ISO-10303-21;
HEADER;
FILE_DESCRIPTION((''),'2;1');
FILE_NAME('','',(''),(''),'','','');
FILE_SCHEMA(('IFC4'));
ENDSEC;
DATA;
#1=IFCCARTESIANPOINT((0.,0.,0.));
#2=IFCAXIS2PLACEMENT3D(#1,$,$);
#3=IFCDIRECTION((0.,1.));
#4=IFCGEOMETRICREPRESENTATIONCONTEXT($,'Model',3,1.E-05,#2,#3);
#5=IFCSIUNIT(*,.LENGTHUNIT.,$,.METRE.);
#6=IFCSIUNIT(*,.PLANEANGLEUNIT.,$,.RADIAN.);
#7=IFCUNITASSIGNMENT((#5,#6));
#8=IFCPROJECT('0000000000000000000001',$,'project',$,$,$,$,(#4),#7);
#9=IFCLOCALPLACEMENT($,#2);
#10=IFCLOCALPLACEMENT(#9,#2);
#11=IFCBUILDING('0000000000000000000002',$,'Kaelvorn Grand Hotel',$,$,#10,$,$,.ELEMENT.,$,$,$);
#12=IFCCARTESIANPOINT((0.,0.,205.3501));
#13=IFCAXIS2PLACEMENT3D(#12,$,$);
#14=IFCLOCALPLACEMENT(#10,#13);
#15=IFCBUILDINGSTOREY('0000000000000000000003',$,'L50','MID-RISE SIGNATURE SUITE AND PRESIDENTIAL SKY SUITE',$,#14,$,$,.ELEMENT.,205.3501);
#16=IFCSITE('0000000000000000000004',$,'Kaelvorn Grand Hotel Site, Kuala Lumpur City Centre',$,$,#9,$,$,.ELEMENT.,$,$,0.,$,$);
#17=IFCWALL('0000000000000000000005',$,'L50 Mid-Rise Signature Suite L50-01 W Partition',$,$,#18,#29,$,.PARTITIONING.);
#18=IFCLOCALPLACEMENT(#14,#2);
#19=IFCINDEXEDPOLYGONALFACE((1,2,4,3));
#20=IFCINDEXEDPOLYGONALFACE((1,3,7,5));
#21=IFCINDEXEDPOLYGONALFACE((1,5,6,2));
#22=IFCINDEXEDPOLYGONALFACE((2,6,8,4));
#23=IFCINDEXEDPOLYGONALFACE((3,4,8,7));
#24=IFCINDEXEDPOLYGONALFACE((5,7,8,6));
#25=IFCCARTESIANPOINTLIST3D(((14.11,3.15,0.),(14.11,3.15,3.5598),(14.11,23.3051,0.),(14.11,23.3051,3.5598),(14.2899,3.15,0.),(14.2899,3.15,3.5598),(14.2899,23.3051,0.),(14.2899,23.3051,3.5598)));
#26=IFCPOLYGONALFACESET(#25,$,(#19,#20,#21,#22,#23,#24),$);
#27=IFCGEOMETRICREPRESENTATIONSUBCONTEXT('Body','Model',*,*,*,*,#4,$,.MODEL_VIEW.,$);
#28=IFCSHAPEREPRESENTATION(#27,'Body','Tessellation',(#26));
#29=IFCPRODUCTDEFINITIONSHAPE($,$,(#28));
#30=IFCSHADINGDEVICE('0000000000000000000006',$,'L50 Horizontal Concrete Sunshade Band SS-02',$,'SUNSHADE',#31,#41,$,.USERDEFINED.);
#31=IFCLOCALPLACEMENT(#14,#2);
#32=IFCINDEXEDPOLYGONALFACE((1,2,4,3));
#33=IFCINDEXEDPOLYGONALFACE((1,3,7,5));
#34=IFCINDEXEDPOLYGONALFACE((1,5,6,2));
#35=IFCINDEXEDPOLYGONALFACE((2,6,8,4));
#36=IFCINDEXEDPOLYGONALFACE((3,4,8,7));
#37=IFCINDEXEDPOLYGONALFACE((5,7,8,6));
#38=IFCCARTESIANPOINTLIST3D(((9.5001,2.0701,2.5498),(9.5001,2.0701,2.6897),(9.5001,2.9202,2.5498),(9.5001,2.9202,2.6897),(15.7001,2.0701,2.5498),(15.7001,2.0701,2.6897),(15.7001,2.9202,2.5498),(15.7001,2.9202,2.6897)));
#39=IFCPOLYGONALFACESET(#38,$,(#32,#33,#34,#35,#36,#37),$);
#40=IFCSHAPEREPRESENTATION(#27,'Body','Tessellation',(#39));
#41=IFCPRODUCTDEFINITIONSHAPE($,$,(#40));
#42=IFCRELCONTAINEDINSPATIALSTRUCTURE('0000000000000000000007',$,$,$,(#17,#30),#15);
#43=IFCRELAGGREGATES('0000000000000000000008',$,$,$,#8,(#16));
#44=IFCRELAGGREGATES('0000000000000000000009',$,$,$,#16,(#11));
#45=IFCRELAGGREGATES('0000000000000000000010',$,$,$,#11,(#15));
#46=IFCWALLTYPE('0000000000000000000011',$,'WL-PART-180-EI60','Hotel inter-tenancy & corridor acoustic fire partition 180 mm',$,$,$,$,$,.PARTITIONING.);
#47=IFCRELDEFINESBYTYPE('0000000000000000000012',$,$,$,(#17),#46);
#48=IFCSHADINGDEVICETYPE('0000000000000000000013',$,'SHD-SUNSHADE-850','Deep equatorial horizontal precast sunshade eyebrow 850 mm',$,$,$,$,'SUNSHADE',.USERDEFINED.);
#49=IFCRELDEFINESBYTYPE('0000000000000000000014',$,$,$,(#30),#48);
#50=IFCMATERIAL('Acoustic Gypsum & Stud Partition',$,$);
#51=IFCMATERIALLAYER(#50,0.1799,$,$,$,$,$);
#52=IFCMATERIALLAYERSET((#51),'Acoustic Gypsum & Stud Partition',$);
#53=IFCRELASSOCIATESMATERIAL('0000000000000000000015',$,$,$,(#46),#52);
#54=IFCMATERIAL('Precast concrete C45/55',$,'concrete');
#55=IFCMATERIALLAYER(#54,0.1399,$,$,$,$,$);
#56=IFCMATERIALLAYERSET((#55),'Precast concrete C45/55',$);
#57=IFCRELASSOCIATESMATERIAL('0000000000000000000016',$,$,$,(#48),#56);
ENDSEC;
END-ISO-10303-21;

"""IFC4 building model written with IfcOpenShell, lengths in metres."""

from ifc_helpers import new_model, si_unit, direction, frame, frame_2d, origin, origin_2d, place, context, subcontext, project, spatial, rectangle, extrude, material, layer, layer_set, type_object, element, save


model = new_model("IFC4")

# Units and contexts
model_context = context("Model", 3, precision=1e-05, world=origin(), true_north=direction((0.0, 1.0)))
body_context = subcontext(model_context, "Body", "Model", "MODEL_VIEW")
ifc_project = project(units=[si_unit("LENGTHUNIT", "METRE"), si_unit("PLANEANGLEUNIT", "RADIAN")], contexts=[model_context])

# Site, building, storey
site_placement = place(None, origin())
site = spatial("IfcSite", under=ifc_project, at=site_placement, Name="Kaelvorn Grand Hotel Site, Kuala Lumpur City Centre", CompositionType="ELEMENT", RefElevation=0.0)
building_placement = place(site_placement, origin())
building = spatial("IfcBuilding", under=site, at=building_placement, Name="Kaelvorn Grand Hotel", CompositionType="ELEMENT")
storey_placement = place(building_placement, frame((0.0, 0.0, 205.3501)))
storey = spatial("IfcBuildingStorey", under=building, at=storey_placement, Name="L50", Description="MID-RISE SIGNATURE SUITE AND PRESIDENTIAL SKY SUITE", CompositionType="ELEMENT", Elevation=205.3501)

# Wall
ifc_material_1 = material(Name="Acoustic Gypsum & Stud Partition")
ifc_layer_1 = layer(ifc_material_1, 0.1799)
ifc_layer_set_1 = layer_set([ifc_layer_1], Name="Acoustic Gypsum & Stud Partition")
wall_type_1 = type_object("IfcWallType", Name="WL-PART-180-EI60", Description="Hotel inter-tenancy & corridor acoustic fire partition 180 mm", PredefinedType="PARTITIONING", material=ifc_layer_set_1)
wall_1_placement = place(storey_placement, frame((14.2, 3.1499, 0.0), z_axis=(0.0, 0.0, 1.0), x_axis=(0.0, 1.0, 0.0)))
element("IfcWall", 1, at=wall_1_placement, inside=storey, type_object=wall_type_1, Name="L50 Mid-Rise Signature Suite L50-01 W Partition", PredefinedType="PARTITIONING", context=body_context, shape_type="SweptSolid", body=[
    extrude(rectangle(XDim=20.155, YDim=0.1799, at=frame_2d((10.0776, 0.0))), origin(), (0.0, 0.0, 1.0), 3.5598),
])

# Shading device
ifc_material_2 = material(Name="Precast concrete C45/55", Category="concrete")
ifc_layer_2 = layer(ifc_material_2, 0.1399)
ifc_layer_set_2 = layer_set([ifc_layer_2], Name="Precast concrete C45/55")
shading_device_type = type_object("IfcShadingDeviceType", Name="SHD-SUNSHADE-850", Description="Deep equatorial horizontal precast sunshade eyebrow 850 mm", ElementType="SUNSHADE", PredefinedType="USERDEFINED", material=ifc_layer_set_2)
shading_device_placement = place(storey_placement, frame((12.6001, 2.4951, 2.5498), z_axis=(0.0, 0.0, 1.0), x_axis=(1.0, 0.0, 0.0)))
element("IfcShadingDevice", 2, at=shading_device_placement, inside=storey, type_object=shading_device_type, Name="L50 Horizontal Concrete Sunshade Band SS-02", ObjectType="SUNSHADE", PredefinedType="USERDEFINED", context=body_context, shape_type="SweptSolid", body=[
    extrude(rectangle(XDim=6.2, YDim=0.8501, at=origin_2d()), origin(), (0.0, 0.0, 1.0), 0.1399),
])

save(model, "model.ifc")
